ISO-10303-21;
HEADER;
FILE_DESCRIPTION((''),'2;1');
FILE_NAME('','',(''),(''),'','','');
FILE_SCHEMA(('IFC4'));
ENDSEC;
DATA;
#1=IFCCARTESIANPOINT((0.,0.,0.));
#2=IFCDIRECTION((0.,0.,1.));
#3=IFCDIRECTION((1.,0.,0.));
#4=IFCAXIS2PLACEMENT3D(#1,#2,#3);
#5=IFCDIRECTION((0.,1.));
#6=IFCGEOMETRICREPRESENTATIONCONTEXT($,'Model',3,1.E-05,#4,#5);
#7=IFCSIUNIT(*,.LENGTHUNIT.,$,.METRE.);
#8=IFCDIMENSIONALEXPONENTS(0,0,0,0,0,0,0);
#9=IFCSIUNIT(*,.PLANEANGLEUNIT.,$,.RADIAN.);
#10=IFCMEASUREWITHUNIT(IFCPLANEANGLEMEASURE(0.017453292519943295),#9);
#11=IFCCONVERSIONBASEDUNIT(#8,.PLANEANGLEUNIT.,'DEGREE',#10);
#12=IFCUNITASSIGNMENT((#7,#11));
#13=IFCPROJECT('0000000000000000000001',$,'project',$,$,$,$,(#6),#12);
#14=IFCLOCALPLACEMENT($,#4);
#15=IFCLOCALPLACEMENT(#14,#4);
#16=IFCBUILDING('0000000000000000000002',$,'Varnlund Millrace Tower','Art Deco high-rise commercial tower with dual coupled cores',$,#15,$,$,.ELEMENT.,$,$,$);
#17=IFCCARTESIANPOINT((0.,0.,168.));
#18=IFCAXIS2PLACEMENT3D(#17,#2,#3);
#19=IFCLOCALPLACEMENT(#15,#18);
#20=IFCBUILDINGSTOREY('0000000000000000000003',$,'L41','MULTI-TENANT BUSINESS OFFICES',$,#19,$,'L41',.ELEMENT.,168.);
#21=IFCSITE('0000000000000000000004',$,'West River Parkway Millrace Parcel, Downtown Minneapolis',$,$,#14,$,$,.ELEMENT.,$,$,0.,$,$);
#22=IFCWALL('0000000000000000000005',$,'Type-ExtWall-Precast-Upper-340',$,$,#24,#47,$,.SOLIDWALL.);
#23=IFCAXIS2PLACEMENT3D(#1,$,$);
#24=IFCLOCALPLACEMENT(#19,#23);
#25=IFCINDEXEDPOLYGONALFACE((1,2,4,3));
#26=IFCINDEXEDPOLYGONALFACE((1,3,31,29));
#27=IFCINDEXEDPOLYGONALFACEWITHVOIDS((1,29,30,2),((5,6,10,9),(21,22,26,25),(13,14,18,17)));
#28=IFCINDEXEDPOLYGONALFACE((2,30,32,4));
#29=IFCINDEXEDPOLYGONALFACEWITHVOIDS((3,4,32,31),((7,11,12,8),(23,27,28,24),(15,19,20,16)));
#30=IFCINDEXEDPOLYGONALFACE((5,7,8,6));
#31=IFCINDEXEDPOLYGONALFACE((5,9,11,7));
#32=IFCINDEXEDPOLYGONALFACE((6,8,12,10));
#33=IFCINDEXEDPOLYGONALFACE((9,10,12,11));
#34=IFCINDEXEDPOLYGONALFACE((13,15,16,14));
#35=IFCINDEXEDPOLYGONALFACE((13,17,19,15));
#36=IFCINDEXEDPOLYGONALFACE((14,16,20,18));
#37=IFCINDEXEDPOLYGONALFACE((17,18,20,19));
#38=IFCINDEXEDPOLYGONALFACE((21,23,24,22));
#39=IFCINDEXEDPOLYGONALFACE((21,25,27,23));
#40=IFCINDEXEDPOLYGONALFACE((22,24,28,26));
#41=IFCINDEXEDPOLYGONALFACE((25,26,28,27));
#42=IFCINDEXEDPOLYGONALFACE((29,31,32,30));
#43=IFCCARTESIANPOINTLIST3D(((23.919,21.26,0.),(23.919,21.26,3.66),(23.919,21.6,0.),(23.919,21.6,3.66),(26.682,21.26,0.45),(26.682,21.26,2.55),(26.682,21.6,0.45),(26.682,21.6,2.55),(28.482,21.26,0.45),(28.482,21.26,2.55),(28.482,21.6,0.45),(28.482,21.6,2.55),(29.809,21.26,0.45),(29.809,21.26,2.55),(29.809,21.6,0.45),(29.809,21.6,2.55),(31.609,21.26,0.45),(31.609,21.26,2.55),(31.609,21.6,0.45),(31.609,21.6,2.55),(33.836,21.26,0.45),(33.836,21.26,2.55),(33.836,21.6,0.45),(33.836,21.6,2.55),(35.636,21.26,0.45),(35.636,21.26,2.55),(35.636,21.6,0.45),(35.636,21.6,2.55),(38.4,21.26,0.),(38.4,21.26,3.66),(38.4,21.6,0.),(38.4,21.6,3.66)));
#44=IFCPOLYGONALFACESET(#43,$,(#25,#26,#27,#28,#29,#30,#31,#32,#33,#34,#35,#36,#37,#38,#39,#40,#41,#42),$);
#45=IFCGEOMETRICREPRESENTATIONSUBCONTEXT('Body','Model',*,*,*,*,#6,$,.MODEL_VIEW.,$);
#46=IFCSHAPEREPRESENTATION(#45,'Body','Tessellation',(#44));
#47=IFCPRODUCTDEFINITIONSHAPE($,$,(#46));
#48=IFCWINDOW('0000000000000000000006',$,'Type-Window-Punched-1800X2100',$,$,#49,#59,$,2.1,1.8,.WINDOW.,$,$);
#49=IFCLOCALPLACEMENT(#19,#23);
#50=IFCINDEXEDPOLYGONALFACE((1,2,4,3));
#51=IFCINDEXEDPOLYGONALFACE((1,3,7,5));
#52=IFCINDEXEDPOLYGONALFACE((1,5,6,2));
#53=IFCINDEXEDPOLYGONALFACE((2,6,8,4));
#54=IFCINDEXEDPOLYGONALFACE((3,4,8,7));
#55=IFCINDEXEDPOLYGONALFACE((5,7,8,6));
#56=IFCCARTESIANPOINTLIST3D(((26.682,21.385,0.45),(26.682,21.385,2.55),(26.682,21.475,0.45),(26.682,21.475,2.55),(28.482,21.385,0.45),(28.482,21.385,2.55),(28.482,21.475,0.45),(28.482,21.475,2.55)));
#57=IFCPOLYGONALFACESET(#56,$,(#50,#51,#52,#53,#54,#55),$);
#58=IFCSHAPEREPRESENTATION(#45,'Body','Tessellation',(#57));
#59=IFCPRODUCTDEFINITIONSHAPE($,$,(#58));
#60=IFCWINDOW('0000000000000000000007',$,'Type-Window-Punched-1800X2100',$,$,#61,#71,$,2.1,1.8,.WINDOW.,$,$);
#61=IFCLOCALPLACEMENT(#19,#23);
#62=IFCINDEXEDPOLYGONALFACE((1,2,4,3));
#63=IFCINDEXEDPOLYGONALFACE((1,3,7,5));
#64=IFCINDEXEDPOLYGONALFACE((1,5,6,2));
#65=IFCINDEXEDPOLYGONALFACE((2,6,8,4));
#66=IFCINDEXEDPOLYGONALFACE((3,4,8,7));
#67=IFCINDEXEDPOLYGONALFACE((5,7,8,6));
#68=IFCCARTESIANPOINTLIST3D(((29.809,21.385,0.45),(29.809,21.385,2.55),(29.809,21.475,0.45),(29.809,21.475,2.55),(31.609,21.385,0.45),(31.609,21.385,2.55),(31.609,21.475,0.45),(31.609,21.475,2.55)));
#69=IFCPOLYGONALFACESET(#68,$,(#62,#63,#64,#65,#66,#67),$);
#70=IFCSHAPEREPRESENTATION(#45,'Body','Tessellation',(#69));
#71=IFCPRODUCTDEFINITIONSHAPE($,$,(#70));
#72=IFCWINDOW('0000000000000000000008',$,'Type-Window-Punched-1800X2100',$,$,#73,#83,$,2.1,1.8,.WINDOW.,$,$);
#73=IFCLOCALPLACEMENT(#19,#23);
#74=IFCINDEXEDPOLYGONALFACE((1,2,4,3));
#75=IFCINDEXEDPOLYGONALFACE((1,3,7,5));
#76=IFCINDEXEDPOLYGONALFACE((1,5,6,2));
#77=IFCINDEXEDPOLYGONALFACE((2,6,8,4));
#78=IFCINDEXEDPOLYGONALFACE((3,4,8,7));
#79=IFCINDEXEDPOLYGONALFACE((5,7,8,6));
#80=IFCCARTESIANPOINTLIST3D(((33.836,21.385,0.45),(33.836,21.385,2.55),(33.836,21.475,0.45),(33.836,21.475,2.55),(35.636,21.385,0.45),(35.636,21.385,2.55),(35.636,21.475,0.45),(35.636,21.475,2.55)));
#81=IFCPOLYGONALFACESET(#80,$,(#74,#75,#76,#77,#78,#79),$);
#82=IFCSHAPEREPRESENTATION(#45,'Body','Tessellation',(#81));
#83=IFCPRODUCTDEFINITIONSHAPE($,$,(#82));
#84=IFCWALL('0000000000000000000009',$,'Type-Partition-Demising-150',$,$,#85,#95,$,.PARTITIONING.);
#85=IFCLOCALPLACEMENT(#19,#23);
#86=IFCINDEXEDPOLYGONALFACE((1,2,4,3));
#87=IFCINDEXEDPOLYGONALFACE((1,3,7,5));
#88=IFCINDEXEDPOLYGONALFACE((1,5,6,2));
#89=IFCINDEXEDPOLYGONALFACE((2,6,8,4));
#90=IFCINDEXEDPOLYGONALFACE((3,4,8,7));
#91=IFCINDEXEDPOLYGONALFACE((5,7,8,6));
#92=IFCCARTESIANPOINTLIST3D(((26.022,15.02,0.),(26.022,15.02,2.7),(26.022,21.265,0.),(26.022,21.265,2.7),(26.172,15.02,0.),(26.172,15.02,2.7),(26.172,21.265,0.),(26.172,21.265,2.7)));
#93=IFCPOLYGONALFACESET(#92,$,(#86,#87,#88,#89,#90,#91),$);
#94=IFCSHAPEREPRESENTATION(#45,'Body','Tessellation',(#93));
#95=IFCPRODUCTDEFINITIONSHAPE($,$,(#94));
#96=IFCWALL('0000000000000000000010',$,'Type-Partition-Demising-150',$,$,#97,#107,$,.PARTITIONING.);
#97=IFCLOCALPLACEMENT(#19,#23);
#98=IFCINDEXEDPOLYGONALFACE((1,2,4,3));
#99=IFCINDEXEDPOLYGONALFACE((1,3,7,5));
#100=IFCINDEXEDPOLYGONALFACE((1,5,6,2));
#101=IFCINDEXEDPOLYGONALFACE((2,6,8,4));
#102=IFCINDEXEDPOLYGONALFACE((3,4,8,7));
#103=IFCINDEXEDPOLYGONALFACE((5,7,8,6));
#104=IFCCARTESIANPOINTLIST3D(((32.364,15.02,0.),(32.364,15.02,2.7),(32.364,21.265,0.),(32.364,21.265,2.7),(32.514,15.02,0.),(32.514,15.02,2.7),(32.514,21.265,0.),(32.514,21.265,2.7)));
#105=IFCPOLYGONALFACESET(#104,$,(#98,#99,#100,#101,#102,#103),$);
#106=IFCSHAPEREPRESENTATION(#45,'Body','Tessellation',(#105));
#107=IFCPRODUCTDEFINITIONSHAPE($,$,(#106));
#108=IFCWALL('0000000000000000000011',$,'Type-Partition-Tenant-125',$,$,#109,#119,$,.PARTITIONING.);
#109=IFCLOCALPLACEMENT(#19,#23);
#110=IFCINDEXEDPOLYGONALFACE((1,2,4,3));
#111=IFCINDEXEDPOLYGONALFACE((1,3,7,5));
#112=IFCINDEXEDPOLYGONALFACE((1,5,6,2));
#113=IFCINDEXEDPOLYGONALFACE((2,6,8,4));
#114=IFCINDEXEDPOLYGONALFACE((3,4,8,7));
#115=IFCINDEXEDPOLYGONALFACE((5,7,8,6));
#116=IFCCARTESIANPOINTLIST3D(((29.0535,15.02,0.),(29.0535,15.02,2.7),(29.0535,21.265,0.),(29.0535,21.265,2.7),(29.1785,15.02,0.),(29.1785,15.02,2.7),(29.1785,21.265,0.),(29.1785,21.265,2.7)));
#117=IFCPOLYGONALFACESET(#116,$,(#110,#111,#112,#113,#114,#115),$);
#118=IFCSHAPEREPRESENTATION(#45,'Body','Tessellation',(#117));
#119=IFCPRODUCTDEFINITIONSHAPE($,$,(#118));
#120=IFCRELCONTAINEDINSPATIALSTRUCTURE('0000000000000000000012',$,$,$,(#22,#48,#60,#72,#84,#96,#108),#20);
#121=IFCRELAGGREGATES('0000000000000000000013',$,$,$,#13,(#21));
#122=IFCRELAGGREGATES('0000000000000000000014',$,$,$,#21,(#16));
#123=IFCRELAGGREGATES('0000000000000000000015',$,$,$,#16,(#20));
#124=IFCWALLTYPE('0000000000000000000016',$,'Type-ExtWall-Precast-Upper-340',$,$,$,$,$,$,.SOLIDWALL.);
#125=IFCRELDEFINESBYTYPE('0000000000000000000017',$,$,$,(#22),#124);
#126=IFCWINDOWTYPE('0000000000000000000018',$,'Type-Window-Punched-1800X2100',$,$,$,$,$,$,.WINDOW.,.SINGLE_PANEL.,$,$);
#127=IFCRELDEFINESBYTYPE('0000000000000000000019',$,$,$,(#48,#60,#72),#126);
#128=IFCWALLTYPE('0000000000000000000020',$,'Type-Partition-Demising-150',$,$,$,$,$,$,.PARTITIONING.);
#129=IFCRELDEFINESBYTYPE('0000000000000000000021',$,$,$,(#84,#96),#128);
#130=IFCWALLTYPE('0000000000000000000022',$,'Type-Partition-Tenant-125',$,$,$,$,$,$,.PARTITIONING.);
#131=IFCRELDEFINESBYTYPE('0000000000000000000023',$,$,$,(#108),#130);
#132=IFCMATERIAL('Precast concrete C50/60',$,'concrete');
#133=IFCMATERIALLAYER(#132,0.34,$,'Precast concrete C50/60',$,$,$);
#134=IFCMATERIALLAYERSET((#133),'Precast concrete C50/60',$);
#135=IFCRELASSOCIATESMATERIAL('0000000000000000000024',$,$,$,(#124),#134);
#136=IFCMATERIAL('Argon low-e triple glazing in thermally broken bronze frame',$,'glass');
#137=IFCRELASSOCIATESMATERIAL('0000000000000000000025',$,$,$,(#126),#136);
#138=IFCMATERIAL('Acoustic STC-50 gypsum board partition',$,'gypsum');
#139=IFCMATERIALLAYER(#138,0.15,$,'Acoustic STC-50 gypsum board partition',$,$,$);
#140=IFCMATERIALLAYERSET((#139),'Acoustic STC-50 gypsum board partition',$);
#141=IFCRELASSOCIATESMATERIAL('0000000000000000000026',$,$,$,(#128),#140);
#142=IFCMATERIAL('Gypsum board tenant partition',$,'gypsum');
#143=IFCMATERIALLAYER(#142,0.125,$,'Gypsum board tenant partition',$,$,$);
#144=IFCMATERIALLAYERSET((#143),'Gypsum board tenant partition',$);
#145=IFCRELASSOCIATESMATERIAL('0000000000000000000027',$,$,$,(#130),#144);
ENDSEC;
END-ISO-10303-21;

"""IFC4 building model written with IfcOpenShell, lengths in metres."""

from ifc_helpers import new_model, entity, si_unit, converted_unit, direction, frame, origin_with_axes, origin_2d_with_axis, place, context, subcontext, project, spatial, polyline, rectangle, outline, extrude, material, layer, layer_set, type_object, element, fill, save


model = new_model("IFC4")

# Units and contexts
model_context = context("Model", 3, precision=1e-05, world=origin_with_axes(), true_north=direction((0.0, 1.0)))
body_context = subcontext(model_context, "Body", "Model", "MODEL_VIEW")
ifc_project = project(units=[si_unit("LENGTHUNIT", "METRE"), converted_unit("PLANEANGLEUNIT", "DEGREE", entity("IfcPlaneAngleMeasure", 0.017453292519943295), si_unit("PLANEANGLEUNIT", "RADIAN"), dimensions=[0, 0, 0, 0, 0, 0, 0])], contexts=[model_context])

# Site, building, storey
site_placement = place(None, origin_with_axes())
site = spatial("IfcSite", under=ifc_project, at=site_placement, Name="West River Parkway Millrace Parcel, Downtown Minneapolis", CompositionType="ELEMENT", RefElevation=0.0)
building_placement = place(site_placement, origin_with_axes())
building = spatial("IfcBuilding", under=site, at=building_placement, Name="Varnlund Millrace Tower", Description="Art Deco high-rise commercial tower with dual coupled cores", CompositionType="ELEMENT")
storey_placement = place(building_placement, frame((0.0, 0.0, 168.0), z_axis=(0.0, 0.0, 1.0), x_axis=(1.0, 0.0, 0.0)))
storey = spatial("IfcBuildingStorey", under=building, at=storey_placement, Name="L41", Description="MULTI-TENANT BUSINESS OFFICES", LongName="L41", CompositionType="ELEMENT", Elevation=168.0)

# Shared definitions
ifc_material_1 = material(Name="Precast concrete C50/60", Category="concrete")
ifc_layer_1 = layer(ifc_material_1, 0.34, Name="Precast concrete C50/60")
ifc_layer_set_1 = layer_set([ifc_layer_1], Name="Precast concrete C50/60")
wall_type_1 = type_object("IfcWallType", Name="Type-ExtWall-Precast-Upper-340", PredefinedType="SOLIDWALL", material=ifc_layer_set_1)

# Wall, openings, windows
wall_1_placement = place(storey_placement, frame((23.919, 21.43, 0.0), z_axis=(0.0, 0.0, 1.0), x_axis=(1.0, 0.0, 0.0)))
wall_1 = element("IfcWall", 1, at=wall_1_placement, inside=storey, type_object=wall_type_1, Name="Type-ExtWall-Precast-Upper-340", PredefinedType="SOLIDWALL", context=body_context, shape_type="SweptSolid", body=[
    extrude(outline(polyline([(0.0, -0.17), (14.481, -0.17), (14.481, 0.17), (0.0, 0.17), (0.0, -0.17)])), origin_with_axes(), (0.0, 0.0, 1.0), 3.66),
])
opening_1_placement = place(wall_1_placement, frame((3.663, 0.0, 0.45), z_axis=(0.0, 0.0, 1.0), x_axis=(1.0, 0.0, 0.0)))
opening_1 = element("IfcOpeningElement", 2, at=opening_1_placement, cuts=wall_1, PredefinedType="OPENING", context=body_context, shape_type="SweptSolid", body=[
    extrude(rectangle(XDim=1.8, YDim=0.36, at=origin_2d_with_axis()), origin_with_axes(), (0.0, 0.0, 1.0), 2.1),
])
opening_2_placement = place(wall_1_placement, frame((6.79, 0.0, 0.45), z_axis=(0.0, 0.0, 1.0), x_axis=(1.0, 0.0, 0.0)))
opening_2 = element("IfcOpeningElement", 3, at=opening_2_placement, cuts=wall_1, PredefinedType="OPENING", context=body_context, shape_type="SweptSolid", body=[
    extrude(rectangle(XDim=1.8, YDim=0.36, at=origin_2d_with_axis()), origin_with_axes(), (0.0, 0.0, 1.0), 2.1),
])
opening_3_placement = place(wall_1_placement, frame((10.817, 0.0, 0.45), z_axis=(0.0, 0.0, 1.0), x_axis=(1.0, 0.0, 0.0)))
opening_3 = element("IfcOpeningElement", 4, at=opening_3_placement, cuts=wall_1, PredefinedType="OPENING", context=body_context, shape_type="SweptSolid", body=[
    extrude(rectangle(XDim=1.8, YDim=0.36, at=origin_2d_with_axis()), origin_with_axes(), (0.0, 0.0, 1.0), 2.1),
])
ifc_material_2 = material(Name="Argon low-e triple glazing in thermally broken bronze frame", Category="glass")
window_type = type_object("IfcWindowType", Name="Type-Window-Punched-1800X2100", PartitioningType="SINGLE_PANEL", PredefinedType="WINDOW", material=ifc_material_2)
window_1_placement = place(wall_1_placement, frame((3.663, 0.0, 0.45), z_axis=(0.0, 0.0, 1.0), x_axis=(1.0, 0.0, 0.0)))
window_1 = element("IfcWindow", 5, at=window_1_placement, inside=storey, type_object=window_type, Name="Type-Window-Punched-1800X2100", OverallHeight=2.1, OverallWidth=1.8, PredefinedType="WINDOW", context=body_context, shape_type="SweptSolid", body=[
    extrude(rectangle(XDim=1.8, YDim=0.09, at=origin_2d_with_axis()), origin_with_axes(), (0.0, 0.0, 1.0), 2.1),
])
fill(opening_1, window_1)
window_2_placement = place(wall_1_placement, frame((6.79, 0.0, 0.45), z_axis=(0.0, 0.0, 1.0), x_axis=(1.0, 0.0, 0.0)))
window_2 = element("IfcWindow", 6, at=window_2_placement, inside=storey, type_object=window_type, Name="Type-Window-Punched-1800X2100", OverallHeight=2.1, OverallWidth=1.8, PredefinedType="WINDOW", context=body_context, shape_type="SweptSolid", body=[
    extrude(rectangle(XDim=1.8, YDim=0.09, at=origin_2d_with_axis()), origin_with_axes(), (0.0, 0.0, 1.0), 2.1),
])
fill(opening_2, window_2)
window_3_placement = place(wall_1_placement, frame((10.817, 0.0, 0.45), z_axis=(0.0, 0.0, 1.0), x_axis=(1.0, 0.0, 0.0)))
window_3 = element("IfcWindow", 7, at=window_3_placement, inside=storey, type_object=window_type, Name="Type-Window-Punched-1800X2100", OverallHeight=2.1, OverallWidth=1.8, PredefinedType="WINDOW", context=body_context, shape_type="SweptSolid", body=[
    extrude(rectangle(XDim=1.8, YDim=0.09, at=origin_2d_with_axis()), origin_with_axes(), (0.0, 0.0, 1.0), 2.1),
])
fill(opening_3, window_3)

# Walls
ifc_material_3 = material(Name="Acoustic STC-50 gypsum board partition", Category="gypsum")
ifc_layer_2 = layer(ifc_material_3, 0.15, Name="Acoustic STC-50 gypsum board partition")
ifc_layer_set_2 = layer_set([ifc_layer_2], Name="Acoustic STC-50 gypsum board partition")
wall_type_2 = type_object("IfcWallType", Name="Type-Partition-Demising-150", PredefinedType="PARTITIONING", material=ifc_layer_set_2)
for number, where, z_axis, x_axis, name in (
    (8, (26.097, 15.02, 0.0), (0.0, 0.0, 1.0), (0.0, 1.0, 0.0), "Type-Partition-Demising-150"),
    (9, (32.439, 15.02, 0.0), (0.0, 0.0, 1.0), (0.0, 1.0, 0.0), "Type-Partition-Demising-150"),
):
    element("IfcWall", number, at=place(storey_placement, frame(where, z_axis=z_axis, x_axis=x_axis)), inside=storey, type_object=wall_type_2, Name=name, PredefinedType="PARTITIONING", context=body_context, shape_type="SweptSolid", body=[
        extrude(outline(polyline([(0.0, -0.075), (6.245, -0.075), (6.245, 0.075), (0.0, 0.075), (0.0, -0.075)])), origin_with_axes(), (0.0, 0.0, 1.0), 2.7),
    ])
ifc_material_4 = material(Name="Gypsum board tenant partition", Category="gypsum")
ifc_layer_3 = layer(ifc_material_4, 0.125, Name="Gypsum board tenant partition")
ifc_layer_set_3 = layer_set([ifc_layer_3], Name="Gypsum board tenant partition")
wall_type_3 = type_object("IfcWallType", Name="Type-Partition-Tenant-125", PredefinedType="PARTITIONING", material=ifc_layer_set_3)
wall_2_placement = place(storey_placement, frame((29.116, 15.02, 0.0), z_axis=(0.0, 0.0, 1.0), x_axis=(0.0, 1.0, 0.0)))
element("IfcWall", 10, at=wall_2_placement, inside=storey, type_object=wall_type_3, Name="Type-Partition-Tenant-125", PredefinedType="PARTITIONING", context=body_context, shape_type="SweptSolid", body=[
    extrude(outline(polyline([(0.0, -0.0625), (6.245, -0.0625), (6.245, 0.0625), (0.0, 0.0625), (0.0, -0.0625)])), origin_with_axes(), (0.0, 0.0, 1.0), 2.7),
])

save(model, "model.ifc")
